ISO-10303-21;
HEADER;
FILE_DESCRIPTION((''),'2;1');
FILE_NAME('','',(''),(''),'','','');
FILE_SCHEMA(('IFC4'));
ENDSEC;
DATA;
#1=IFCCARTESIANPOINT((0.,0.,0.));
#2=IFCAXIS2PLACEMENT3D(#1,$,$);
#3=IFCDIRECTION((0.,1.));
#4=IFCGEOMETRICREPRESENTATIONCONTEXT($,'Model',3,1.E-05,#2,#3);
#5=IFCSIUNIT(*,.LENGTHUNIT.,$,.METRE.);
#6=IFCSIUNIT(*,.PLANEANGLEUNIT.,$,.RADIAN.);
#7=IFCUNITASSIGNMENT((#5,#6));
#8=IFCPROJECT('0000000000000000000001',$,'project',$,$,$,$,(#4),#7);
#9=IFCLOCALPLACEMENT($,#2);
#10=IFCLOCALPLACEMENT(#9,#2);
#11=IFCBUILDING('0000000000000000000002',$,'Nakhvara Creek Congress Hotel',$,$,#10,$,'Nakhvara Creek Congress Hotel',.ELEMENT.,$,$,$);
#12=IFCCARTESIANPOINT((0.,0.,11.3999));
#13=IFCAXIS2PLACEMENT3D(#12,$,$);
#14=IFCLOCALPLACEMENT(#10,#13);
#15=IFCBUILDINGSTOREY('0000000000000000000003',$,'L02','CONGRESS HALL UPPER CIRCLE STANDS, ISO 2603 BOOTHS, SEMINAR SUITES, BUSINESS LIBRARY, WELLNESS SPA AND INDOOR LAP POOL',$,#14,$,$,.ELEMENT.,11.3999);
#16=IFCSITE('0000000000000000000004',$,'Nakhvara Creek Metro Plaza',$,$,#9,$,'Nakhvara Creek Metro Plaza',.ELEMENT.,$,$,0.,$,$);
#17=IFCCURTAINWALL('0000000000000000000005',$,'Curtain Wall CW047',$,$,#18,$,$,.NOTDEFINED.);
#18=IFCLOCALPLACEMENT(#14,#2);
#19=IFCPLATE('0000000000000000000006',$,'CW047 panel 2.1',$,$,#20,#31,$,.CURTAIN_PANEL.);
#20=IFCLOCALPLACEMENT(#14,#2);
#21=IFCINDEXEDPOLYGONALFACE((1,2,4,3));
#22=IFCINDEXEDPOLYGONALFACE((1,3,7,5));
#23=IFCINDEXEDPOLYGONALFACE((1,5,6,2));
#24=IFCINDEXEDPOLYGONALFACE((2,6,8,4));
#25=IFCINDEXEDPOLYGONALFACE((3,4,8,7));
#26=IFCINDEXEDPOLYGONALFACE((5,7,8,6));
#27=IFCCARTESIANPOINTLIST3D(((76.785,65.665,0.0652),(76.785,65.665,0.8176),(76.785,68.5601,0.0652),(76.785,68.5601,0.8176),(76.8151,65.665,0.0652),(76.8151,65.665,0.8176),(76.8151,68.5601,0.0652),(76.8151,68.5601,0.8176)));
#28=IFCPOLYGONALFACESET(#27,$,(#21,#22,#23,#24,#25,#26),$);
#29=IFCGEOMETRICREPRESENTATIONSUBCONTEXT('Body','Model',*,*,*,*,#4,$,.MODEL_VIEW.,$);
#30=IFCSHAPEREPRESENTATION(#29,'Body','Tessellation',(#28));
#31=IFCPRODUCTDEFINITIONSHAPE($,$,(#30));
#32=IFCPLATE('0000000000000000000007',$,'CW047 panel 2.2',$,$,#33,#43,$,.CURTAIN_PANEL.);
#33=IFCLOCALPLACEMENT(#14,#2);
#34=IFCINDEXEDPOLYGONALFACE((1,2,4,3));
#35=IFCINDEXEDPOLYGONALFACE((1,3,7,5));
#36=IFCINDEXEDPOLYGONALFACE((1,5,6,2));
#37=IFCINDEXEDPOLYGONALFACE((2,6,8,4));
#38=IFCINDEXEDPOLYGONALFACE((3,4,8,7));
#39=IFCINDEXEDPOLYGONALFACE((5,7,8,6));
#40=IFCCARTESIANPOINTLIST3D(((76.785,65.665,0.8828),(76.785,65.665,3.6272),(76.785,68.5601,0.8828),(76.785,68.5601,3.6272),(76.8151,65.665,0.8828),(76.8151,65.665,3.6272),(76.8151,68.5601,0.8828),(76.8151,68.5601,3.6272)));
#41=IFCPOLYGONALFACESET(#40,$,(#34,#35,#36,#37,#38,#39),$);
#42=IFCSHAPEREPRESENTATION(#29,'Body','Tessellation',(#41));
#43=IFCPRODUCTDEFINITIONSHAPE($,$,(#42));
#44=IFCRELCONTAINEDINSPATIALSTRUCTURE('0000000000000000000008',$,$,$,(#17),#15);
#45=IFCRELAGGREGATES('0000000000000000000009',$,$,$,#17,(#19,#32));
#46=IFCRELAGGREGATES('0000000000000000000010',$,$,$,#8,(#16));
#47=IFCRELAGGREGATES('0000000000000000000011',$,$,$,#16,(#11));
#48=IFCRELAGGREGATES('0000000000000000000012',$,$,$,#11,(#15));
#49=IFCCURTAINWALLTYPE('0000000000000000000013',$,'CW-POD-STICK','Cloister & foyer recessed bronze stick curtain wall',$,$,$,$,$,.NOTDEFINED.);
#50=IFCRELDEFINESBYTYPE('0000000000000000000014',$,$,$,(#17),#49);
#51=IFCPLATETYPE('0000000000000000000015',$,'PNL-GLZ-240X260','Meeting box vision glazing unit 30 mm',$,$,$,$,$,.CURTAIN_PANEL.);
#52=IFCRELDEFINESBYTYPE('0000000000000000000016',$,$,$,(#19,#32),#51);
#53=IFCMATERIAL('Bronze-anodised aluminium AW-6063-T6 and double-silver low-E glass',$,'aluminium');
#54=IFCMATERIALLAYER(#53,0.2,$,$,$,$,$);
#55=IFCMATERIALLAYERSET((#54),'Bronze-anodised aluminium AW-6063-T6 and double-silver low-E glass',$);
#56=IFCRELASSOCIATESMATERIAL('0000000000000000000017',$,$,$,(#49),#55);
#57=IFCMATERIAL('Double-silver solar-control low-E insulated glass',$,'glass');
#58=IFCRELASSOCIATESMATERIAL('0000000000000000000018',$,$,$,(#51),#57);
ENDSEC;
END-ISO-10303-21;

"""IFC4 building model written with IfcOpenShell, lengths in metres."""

from ifc_helpers import new_model, si_unit, direction, frame, origin, origin_2d, place, context, subcontext, project, spatial, rectangle, extrude, material, layer, layer_set, type_object, element, aggregate, save


model = new_model("IFC4")

# Units and contexts
model_context = context("Model", 3, precision=1e-05, world=origin(), true_north=direction((0.0, 1.0)))
body_context = subcontext(model_context, "Body", "Model", "MODEL_VIEW")
ifc_project = project(units=[si_unit("LENGTHUNIT", "METRE"), si_unit("PLANEANGLEUNIT", "RADIAN")], contexts=[model_context])

# Site, building, storey
site_placement = place(None, origin())
site = spatial("IfcSite", under=ifc_project, at=site_placement, Name="Nakhvara Creek Metro Plaza", LongName="Nakhvara Creek Metro Plaza", CompositionType="ELEMENT", RefElevation=0.0)
building_placement = place(site_placement, origin())
building = spatial("IfcBuilding", under=site, at=building_placement, Name="Nakhvara Creek Congress Hotel", LongName="Nakhvara Creek Congress Hotel", CompositionType="ELEMENT")
storey_placement = place(building_placement, frame((0.0, 0.0, 11.3999)))
storey = spatial("IfcBuildingStorey", under=building, at=storey_placement, Name="L02", Description="CONGRESS HALL UPPER CIRCLE STANDS, ISO 2603 BOOTHS, SEMINAR SUITES, BUSINESS LIBRARY, WELLNESS SPA AND INDOOR LAP POOL", CompositionType="ELEMENT", Elevation=11.3999)

# Shared definitions
ifc_material_1 = material(Name="Bronze-anodised aluminium AW-6063-T6 and double-silver low-E glass", Category="aluminium")
ifc_layer = layer(ifc_material_1, 0.2)
ifc_layer_set = layer_set([ifc_layer], Name="Bronze-anodised aluminium AW-6063-T6 and double-silver low-E glass")
curtain_wall_type = type_object("IfcCurtainWallType", Name="CW-POD-STICK", Description="Cloister & foyer recessed bronze stick curtain wall", PredefinedType="NOTDEFINED", material=ifc_layer_set)

# Curtain wall
curtain_wall_1_placement = place(storey_placement, origin())
curtain_wall_1 = element("IfcCurtainWall", 1, at=curtain_wall_1_placement, inside=storey, type_object=curtain_wall_type, Name="Curtain Wall CW047", PredefinedType="NOTDEFINED")

# Plates
ifc_material_2 = material(Name="Double-silver solar-control low-E insulated glass", Category="glass")
plate_type = type_object("IfcPlateType", Name="PNL-GLZ-240X260", Description="Meeting box vision glazing unit 30 mm", PredefinedType="CURTAIN_PANEL", material=ifc_material_2)
plate_1_placement = place(storey_placement, frame((76.8, 67.1125, 0.0652), z_axis=(0.0, 0.0, 1.0), x_axis=(0.0, -1.0, 0.0)))
plate_1 = element("IfcPlate", 2, at=plate_1_placement, type_object=plate_type, Name="CW047 panel 2.1", PredefinedType="CURTAIN_PANEL", context=body_context, shape_type="SweptSolid", body=[
    extrude(rectangle(XDim=2.895, YDim=0.03, at=origin_2d()), origin(), (0.0, 0.0, 1.0), 0.7524),
])
plate_2_placement = place(storey_placement, frame((76.8, 67.1125, 0.8828), z_axis=(0.0, 0.0, 1.0), x_axis=(0.0, -1.0, 0.0)))
plate_2 = element("IfcPlate", 3, at=plate_2_placement, type_object=plate_type, Name="CW047 panel 2.2", PredefinedType="CURTAIN_PANEL", context=body_context, shape_type="SweptSolid", body=[
    extrude(rectangle(XDim=2.895, YDim=0.03, at=origin_2d()), origin(), (0.0, 0.0, 1.0), 2.7444),
])
aggregate(curtain_wall_1, [plate_1, plate_2])

save(model, "model.ifc")
